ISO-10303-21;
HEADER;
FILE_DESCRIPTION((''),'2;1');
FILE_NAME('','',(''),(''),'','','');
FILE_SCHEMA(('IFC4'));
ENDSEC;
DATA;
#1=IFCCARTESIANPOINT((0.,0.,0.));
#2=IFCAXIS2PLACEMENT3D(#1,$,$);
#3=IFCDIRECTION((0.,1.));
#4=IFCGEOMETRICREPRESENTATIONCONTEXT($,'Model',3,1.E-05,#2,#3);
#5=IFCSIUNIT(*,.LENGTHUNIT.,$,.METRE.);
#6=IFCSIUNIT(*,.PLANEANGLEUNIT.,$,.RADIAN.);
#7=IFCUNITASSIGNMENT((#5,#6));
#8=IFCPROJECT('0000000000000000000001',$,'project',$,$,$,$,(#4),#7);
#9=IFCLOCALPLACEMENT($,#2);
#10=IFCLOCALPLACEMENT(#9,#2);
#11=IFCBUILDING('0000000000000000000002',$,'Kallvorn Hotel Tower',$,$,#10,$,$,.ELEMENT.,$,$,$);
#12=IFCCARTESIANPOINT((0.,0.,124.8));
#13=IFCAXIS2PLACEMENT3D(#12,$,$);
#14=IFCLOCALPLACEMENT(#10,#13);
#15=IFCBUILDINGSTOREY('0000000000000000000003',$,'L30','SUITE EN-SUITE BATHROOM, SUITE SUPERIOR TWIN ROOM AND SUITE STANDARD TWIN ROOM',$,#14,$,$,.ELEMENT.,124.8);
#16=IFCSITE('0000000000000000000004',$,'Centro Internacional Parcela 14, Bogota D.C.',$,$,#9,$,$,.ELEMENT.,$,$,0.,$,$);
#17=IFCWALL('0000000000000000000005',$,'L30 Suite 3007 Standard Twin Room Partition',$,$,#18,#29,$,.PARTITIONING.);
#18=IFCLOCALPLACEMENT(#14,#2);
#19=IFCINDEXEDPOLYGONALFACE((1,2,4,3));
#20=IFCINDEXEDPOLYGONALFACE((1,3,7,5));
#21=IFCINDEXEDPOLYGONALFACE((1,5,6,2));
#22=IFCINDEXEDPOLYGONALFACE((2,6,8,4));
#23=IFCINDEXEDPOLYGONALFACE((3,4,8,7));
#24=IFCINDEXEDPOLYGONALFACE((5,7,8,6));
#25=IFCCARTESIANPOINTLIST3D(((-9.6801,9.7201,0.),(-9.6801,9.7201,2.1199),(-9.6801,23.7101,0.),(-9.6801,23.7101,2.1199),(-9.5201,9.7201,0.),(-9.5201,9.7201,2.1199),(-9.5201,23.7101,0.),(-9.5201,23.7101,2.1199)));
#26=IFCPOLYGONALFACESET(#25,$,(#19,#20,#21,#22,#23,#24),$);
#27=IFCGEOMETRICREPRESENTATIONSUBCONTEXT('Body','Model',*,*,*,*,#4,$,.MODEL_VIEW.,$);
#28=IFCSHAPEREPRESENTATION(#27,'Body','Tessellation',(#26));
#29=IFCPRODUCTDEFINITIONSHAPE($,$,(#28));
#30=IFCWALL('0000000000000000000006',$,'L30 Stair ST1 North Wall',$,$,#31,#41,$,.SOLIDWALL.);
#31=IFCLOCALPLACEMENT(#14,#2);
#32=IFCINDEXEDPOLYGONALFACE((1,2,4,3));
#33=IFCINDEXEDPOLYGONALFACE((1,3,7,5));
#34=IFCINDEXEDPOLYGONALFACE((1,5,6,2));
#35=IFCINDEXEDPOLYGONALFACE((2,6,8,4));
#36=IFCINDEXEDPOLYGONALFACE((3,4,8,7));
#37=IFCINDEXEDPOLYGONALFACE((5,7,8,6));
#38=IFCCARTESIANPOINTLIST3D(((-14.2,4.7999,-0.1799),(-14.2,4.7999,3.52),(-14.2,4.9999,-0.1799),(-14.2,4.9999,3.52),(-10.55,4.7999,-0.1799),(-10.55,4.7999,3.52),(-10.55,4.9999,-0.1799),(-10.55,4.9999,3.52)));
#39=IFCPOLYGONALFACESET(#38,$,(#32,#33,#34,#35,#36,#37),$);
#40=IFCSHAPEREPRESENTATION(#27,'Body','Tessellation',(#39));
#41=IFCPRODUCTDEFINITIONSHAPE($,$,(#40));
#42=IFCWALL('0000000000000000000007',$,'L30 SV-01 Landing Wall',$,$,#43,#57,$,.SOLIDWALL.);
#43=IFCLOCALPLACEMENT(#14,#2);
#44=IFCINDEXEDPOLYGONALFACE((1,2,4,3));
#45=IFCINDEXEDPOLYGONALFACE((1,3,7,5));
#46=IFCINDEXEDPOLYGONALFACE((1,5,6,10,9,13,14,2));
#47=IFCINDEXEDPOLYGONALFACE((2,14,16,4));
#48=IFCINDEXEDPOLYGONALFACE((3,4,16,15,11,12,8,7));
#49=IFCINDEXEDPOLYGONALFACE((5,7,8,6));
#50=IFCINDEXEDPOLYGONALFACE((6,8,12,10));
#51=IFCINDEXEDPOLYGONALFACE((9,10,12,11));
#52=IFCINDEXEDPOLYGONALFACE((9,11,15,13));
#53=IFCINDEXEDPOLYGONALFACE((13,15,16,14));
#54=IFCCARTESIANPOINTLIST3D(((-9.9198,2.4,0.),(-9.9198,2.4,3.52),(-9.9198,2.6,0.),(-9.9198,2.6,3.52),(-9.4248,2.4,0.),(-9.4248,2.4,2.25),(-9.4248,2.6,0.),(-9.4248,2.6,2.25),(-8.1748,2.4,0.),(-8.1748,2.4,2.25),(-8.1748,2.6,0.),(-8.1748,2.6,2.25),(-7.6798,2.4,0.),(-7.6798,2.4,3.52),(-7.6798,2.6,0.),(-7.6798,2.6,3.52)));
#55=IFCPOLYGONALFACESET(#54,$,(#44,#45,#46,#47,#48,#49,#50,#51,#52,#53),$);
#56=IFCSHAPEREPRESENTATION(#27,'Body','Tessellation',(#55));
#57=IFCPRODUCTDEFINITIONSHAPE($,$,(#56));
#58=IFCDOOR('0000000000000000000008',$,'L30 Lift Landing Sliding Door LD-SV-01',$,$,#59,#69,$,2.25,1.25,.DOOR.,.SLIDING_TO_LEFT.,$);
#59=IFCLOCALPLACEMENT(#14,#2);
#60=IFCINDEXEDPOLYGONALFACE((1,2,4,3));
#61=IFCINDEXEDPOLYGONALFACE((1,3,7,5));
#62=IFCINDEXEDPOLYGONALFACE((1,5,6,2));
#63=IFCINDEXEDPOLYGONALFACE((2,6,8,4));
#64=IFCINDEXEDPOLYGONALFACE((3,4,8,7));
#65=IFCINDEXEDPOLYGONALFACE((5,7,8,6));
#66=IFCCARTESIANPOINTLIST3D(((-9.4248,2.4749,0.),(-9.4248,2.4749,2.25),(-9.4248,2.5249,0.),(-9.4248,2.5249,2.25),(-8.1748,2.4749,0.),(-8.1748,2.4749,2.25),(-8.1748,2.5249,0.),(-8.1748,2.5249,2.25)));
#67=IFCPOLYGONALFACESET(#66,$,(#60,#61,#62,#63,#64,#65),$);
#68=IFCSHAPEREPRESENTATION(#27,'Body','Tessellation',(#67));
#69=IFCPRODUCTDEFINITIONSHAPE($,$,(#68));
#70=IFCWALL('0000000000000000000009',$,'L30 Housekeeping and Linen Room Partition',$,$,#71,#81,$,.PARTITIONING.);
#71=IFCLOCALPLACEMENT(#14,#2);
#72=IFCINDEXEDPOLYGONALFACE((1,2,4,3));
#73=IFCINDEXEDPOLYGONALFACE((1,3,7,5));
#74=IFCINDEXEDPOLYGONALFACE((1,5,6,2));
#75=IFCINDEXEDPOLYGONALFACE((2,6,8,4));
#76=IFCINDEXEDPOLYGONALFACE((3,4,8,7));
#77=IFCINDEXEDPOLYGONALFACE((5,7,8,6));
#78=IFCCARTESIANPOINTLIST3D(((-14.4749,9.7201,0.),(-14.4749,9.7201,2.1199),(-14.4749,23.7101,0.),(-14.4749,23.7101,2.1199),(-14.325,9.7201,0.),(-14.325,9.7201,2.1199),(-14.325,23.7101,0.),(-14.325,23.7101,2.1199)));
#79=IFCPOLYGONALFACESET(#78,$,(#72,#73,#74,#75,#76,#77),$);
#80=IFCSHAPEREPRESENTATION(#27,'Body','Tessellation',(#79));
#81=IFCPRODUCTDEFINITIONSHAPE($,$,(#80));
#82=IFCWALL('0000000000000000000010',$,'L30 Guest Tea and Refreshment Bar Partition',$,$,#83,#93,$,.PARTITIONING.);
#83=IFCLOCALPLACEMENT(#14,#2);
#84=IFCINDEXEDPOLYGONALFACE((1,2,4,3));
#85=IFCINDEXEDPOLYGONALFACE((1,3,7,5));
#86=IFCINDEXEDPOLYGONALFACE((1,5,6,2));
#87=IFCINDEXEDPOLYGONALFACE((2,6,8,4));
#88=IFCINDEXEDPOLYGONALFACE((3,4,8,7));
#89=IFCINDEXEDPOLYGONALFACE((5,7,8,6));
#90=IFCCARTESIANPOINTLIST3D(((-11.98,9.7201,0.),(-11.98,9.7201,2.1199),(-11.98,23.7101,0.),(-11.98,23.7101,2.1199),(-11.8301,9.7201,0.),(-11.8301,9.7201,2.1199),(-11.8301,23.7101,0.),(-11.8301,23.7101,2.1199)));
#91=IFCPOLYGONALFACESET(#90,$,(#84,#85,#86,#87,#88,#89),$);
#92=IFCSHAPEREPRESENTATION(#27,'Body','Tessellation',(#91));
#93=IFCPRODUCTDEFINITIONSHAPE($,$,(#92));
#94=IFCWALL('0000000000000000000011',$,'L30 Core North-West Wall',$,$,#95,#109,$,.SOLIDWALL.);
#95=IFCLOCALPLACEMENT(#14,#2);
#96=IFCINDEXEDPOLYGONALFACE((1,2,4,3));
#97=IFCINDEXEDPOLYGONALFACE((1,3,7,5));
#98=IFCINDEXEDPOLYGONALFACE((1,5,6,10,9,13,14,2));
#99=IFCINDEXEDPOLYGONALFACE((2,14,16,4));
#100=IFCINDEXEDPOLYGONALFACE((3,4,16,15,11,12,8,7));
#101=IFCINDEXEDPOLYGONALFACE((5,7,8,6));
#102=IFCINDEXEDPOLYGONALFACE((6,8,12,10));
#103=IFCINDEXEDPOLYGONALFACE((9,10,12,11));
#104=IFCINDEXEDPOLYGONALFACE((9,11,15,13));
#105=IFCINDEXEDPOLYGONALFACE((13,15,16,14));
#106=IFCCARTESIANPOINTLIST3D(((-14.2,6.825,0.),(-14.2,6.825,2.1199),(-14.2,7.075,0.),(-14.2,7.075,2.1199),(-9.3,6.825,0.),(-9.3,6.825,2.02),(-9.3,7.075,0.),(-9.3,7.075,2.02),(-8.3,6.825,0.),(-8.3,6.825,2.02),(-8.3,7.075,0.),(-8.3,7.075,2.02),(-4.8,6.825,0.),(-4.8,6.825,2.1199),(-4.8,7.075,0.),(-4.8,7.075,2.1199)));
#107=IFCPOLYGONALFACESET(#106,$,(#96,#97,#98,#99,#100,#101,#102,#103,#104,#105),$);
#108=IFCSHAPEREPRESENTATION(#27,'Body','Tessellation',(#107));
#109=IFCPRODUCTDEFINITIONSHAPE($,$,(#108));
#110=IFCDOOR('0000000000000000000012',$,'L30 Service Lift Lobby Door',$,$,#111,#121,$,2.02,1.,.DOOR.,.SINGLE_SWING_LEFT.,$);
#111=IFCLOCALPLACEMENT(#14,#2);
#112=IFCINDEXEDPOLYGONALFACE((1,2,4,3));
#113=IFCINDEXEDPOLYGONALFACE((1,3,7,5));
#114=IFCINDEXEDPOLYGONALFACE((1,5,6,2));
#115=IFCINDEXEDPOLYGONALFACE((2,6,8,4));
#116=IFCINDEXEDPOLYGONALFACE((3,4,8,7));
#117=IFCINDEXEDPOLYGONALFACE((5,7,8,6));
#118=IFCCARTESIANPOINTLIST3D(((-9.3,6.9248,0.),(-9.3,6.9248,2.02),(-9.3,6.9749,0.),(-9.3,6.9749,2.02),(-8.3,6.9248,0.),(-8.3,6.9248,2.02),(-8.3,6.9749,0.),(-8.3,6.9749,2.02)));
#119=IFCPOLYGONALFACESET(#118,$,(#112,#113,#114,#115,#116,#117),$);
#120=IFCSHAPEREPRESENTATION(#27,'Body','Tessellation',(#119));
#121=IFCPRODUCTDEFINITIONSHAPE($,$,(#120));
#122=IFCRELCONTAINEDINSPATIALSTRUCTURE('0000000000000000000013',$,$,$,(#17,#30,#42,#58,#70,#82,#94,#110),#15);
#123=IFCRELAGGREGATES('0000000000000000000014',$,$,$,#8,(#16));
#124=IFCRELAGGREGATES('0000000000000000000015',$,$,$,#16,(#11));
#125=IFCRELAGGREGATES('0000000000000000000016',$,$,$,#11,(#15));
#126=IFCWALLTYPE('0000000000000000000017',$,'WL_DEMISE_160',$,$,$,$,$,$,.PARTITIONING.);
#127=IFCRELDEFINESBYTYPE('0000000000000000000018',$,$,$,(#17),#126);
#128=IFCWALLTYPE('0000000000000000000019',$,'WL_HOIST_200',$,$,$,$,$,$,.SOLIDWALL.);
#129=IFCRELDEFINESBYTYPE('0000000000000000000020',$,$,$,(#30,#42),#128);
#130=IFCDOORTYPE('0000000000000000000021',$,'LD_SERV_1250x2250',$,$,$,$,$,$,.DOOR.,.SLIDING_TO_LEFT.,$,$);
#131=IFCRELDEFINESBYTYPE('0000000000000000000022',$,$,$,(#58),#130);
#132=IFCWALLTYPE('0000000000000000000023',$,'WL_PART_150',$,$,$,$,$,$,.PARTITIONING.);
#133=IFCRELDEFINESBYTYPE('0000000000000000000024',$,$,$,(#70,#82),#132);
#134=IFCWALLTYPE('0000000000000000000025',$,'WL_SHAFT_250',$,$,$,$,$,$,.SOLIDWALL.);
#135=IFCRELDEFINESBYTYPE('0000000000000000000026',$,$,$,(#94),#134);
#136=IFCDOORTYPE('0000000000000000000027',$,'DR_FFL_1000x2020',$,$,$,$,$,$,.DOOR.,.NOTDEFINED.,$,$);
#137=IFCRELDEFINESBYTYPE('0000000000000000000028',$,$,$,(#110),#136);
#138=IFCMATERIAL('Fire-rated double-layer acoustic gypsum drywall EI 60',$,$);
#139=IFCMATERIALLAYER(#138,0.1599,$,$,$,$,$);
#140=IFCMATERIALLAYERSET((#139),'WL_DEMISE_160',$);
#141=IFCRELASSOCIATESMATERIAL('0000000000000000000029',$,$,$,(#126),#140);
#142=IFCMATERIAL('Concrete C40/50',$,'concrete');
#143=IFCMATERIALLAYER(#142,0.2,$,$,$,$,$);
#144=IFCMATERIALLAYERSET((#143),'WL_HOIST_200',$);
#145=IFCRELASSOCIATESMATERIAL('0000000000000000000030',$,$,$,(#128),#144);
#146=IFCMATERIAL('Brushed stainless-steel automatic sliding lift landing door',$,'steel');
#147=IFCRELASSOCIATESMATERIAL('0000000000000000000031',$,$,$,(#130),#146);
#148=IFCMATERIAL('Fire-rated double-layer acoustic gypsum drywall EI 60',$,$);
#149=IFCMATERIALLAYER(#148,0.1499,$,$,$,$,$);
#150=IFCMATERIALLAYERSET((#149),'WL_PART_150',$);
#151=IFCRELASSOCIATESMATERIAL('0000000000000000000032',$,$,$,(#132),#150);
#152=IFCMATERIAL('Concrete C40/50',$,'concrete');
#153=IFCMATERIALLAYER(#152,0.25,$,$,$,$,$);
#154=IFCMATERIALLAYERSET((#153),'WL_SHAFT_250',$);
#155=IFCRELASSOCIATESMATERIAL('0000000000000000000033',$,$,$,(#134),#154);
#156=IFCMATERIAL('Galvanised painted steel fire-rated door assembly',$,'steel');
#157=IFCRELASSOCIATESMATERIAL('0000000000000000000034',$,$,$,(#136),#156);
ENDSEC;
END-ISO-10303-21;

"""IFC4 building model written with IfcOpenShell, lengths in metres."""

from ifc_helpers import new_model, si_unit, direction, frame, frame_2d, origin, place, context, subcontext, project, spatial, rectangle, extrude, material, layer, layer_set, type_object, element, fill, save


model = new_model("IFC4")

# Units and contexts
model_context = context("Model", 3, precision=1e-05, world=origin(), true_north=direction((0.0, 1.0)))
body_context = subcontext(model_context, "Body", "Model", "MODEL_VIEW")
ifc_project = project(units=[si_unit("LENGTHUNIT", "METRE"), si_unit("PLANEANGLEUNIT", "RADIAN")], contexts=[model_context])

# Site, building, storey
site_placement = place(None, origin())
site = spatial("IfcSite", under=ifc_project, at=site_placement, Name="Centro Internacional Parcela 14, Bogota D.C.", CompositionType="ELEMENT", RefElevation=0.0)
building_placement = place(site_placement, origin())
building = spatial("IfcBuilding", under=site, at=building_placement, Name="Kallvorn Hotel Tower", CompositionType="ELEMENT")
storey_placement = place(building_placement, frame((0.0, 0.0, 124.8)))
storey = spatial("IfcBuildingStorey", under=building, at=storey_placement, Name="L30", Description="SUITE EN-SUITE BATHROOM, SUITE SUPERIOR TWIN ROOM AND SUITE STANDARD TWIN ROOM", CompositionType="ELEMENT", Elevation=124.8)

# Shared definitions
ifc_material_1 = material(Name="Fire-rated double-layer acoustic gypsum drywall EI 60")
ifc_layer_1 = layer(ifc_material_1, 0.1599)
ifc_layer_set_1 = layer_set([ifc_layer_1], Name="WL_DEMISE_160")
wall_type_1 = type_object("IfcWallType", Name="WL_DEMISE_160", PredefinedType="PARTITIONING", material=ifc_layer_set_1)

# Walls
wall_1_placement = place(storey_placement, frame((-9.6001, 9.72, 0.0), z_axis=(0.0, 0.0, 1.0), x_axis=(0.0, 1.0, 0.0)))
element("IfcWall", 1, at=wall_1_placement, inside=storey, type_object=wall_type_1, Name="L30 Suite 3007 Standard Twin Room Partition", PredefinedType="PARTITIONING", context=body_context, shape_type="SweptSolid", body=[
    extrude(rectangle(XDim=13.99, YDim=0.1599, at=frame_2d((6.9951, 0.0))), origin(), (0.0, 0.0, 1.0), 2.1199),
])
ifc_material_2 = material(Name="Concrete C40/50", Category="concrete")
ifc_layer_2 = layer(ifc_material_2, 0.2)
ifc_layer_set_2 = layer_set([ifc_layer_2], Name="WL_HOIST_200")
wall_type_2 = type_object("IfcWallType", Name="WL_HOIST_200", PredefinedType="SOLIDWALL", material=ifc_layer_set_2)
wall_2_placement = place(storey_placement, frame((-14.2, 4.8999, -0.1799), z_axis=(0.0, 0.0, 1.0), x_axis=(1.0, 0.0, 0.0)))
element("IfcWall", 2, at=wall_2_placement, inside=storey, type_object=wall_type_2, Name="L30 Stair ST1 North Wall", PredefinedType="SOLIDWALL", context=body_context, shape_type="SweptSolid", body=[
    extrude(rectangle(XDim=3.6499, YDim=0.2, at=frame_2d((1.825, 0.0))), origin(), (0.0, 0.0, 1.0), 3.7),
])

# Wall, opening, door
wall_3_placement = place(storey_placement, frame((-9.9199, 2.5, 0.0), z_axis=(0.0, 0.0, 1.0), x_axis=(1.0, 0.0, 0.0)))
wall_3 = element("IfcWall", 3, at=wall_3_placement, inside=storey, type_object=wall_type_2, Name="L30 SV-01 Landing Wall", PredefinedType="SOLIDWALL", context=body_context, shape_type="SweptSolid", body=[
    extrude(rectangle(XDim=2.24, YDim=0.2, at=frame_2d((1.1201, 0.0))), origin(), (0.0, 0.0, 1.0), 3.52),
])
opening_1_placement = place(wall_3_placement, frame((0.4951, 0.0, 0.0)))
opening_1 = element("IfcOpeningElement", 4, at=opening_1_placement, cuts=wall_3, PredefinedType="OPENING", context=body_context, shape_type="SweptSolid", body=[
    extrude(rectangle(XDim=1.25, YDim=2.25, at=frame_2d((0.625, 1.125))), frame((0.0, 0.115, 0.0), z_axis=(0.0, -1.0, 0.0), x_axis=(1.0, 0.0, 0.0)), (0.0, 0.0, 1.0), 0.23),
])
ifc_material_3 = material(Name="Brushed stainless-steel automatic sliding lift landing door", Category="steel")
door_type_1 = type_object("IfcDoorType", Name="LD_SERV_1250x2250", OperationType="SLIDING_TO_LEFT", PredefinedType="DOOR", material=ifc_material_3)
door_1_placement = place(opening_1_placement, origin())
door_1 = element("IfcDoor", 5, at=door_1_placement, inside=storey, type_object=door_type_1, Name="L30 Lift Landing Sliding Door LD-SV-01", OperationType="SLIDING_TO_LEFT", OverallHeight=2.25, OverallWidth=1.25, PredefinedType="DOOR", context=body_context, shape_type="SweptSolid", body=[
    extrude(rectangle(XDim=1.25, YDim=2.25, at=frame_2d((0.625, 1.125))), frame((0.0, 0.0249, 0.0), z_axis=(0.0, -1.0, 0.0), x_axis=(1.0, 0.0, 0.0)), (0.0, 0.0, 1.0), 0.05),
])
fill(opening_1, door_1)

# Walls
ifc_material_4 = material(Name="Fire-rated double-layer acoustic gypsum drywall EI 60")
ifc_layer_3 = layer(ifc_material_4, 0.1499)
ifc_layer_set_3 = layer_set([ifc_layer_3], Name="WL_PART_150")
wall_type_3 = type_object("IfcWallType", Name="WL_PART_150", PredefinedType="PARTITIONING", material=ifc_layer_set_3)
for number, where, z_axis, x_axis, name in (
    (6, (-14.3999, 9.72, 0.0), (0.0, 0.0, 1.0), (0.0, 1.0, 0.0), "L30 Housekeeping and Linen Room Partition"),
    (7, (-11.905, 9.72, 0.0), (0.0, 0.0, 1.0), (0.0, 1.0, 0.0), "L30 Guest Tea and Refreshment Bar Partition"),
):
    element("IfcWall", number, at=place(storey_placement, frame(where, z_axis=z_axis, x_axis=x_axis)), inside=storey, type_object=wall_type_3, Name=name, PredefinedType="PARTITIONING", context=body_context, shape_type="SweptSolid", body=[
        extrude(rectangle(XDim=13.99, YDim=0.1499, at=frame_2d((6.9951, 0.0))), origin(), (0.0, 0.0, 1.0), 2.1199),
    ])

# Wall, opening, door
ifc_material_5 = material(Name="Concrete C40/50", Category="concrete")
ifc_layer_4 = layer(ifc_material_5, 0.25)
ifc_layer_set_4 = layer_set([ifc_layer_4], Name="WL_SHAFT_250")
wall_type_4 = type_object("IfcWallType", Name="WL_SHAFT_250", PredefinedType="SOLIDWALL", material=ifc_layer_set_4)
wall_4_placement = place(storey_placement, frame((-14.2, 6.95, 0.0), z_axis=(0.0, 0.0, 1.0), x_axis=(1.0, 0.0, 0.0)))
wall_4 = element("IfcWall", 8, at=wall_4_placement, inside=storey, type_object=wall_type_4, Name="L30 Core North-West Wall", PredefinedType="SOLIDWALL", context=body_context, shape_type="SweptSolid", body=[
    extrude(rectangle(XDim=9.3999, YDim=0.25, at=frame_2d((4.7, 0.0))), origin(), (0.0, 0.0, 1.0), 2.1199),
])
opening_2_placement = place(wall_4_placement, frame((4.8999, 0.0, 0.0)))
opening_2 = element("IfcOpeningElement", 9, at=opening_2_placement, cuts=wall_4, PredefinedType="OPENING", context=body_context, shape_type="SweptSolid", body=[
    extrude(rectangle(XDim=1.0, YDim=2.02, at=frame_2d((0.5, 1.01))), frame((0.0, 0.1399, 0.0), z_axis=(0.0, -1.0, 0.0), x_axis=(1.0, 0.0, 0.0)), (0.0, 0.0, 1.0), 0.28),
])
ifc_material_6 = material(Name="Galvanised painted steel fire-rated door assembly", Category="steel")
door_type_2 = type_object("IfcDoorType", Name="DR_FFL_1000x2020", OperationType="NOTDEFINED", PredefinedType="DOOR", material=ifc_material_6)
door_2_placement = place(opening_2_placement, origin())
door_2 = element("IfcDoor", 10, at=door_2_placement, inside=storey, type_object=door_type_2, Name="L30 Service Lift Lobby Door", OperationType="SINGLE_SWING_LEFT", OverallHeight=2.02, OverallWidth=1.0, PredefinedType="DOOR", context=body_context, shape_type="SweptSolid", body=[
    extrude(rectangle(XDim=1.0, YDim=2.02, at=frame_2d((0.5, 1.01))), frame((0.0, 0.0249, 0.0), z_axis=(0.0, -1.0, 0.0), x_axis=(1.0, 0.0, 0.0)), (0.0, 0.0, 1.0), 0.05),
])
fill(opening_2, door_2)

save(model, "model.ifc")
